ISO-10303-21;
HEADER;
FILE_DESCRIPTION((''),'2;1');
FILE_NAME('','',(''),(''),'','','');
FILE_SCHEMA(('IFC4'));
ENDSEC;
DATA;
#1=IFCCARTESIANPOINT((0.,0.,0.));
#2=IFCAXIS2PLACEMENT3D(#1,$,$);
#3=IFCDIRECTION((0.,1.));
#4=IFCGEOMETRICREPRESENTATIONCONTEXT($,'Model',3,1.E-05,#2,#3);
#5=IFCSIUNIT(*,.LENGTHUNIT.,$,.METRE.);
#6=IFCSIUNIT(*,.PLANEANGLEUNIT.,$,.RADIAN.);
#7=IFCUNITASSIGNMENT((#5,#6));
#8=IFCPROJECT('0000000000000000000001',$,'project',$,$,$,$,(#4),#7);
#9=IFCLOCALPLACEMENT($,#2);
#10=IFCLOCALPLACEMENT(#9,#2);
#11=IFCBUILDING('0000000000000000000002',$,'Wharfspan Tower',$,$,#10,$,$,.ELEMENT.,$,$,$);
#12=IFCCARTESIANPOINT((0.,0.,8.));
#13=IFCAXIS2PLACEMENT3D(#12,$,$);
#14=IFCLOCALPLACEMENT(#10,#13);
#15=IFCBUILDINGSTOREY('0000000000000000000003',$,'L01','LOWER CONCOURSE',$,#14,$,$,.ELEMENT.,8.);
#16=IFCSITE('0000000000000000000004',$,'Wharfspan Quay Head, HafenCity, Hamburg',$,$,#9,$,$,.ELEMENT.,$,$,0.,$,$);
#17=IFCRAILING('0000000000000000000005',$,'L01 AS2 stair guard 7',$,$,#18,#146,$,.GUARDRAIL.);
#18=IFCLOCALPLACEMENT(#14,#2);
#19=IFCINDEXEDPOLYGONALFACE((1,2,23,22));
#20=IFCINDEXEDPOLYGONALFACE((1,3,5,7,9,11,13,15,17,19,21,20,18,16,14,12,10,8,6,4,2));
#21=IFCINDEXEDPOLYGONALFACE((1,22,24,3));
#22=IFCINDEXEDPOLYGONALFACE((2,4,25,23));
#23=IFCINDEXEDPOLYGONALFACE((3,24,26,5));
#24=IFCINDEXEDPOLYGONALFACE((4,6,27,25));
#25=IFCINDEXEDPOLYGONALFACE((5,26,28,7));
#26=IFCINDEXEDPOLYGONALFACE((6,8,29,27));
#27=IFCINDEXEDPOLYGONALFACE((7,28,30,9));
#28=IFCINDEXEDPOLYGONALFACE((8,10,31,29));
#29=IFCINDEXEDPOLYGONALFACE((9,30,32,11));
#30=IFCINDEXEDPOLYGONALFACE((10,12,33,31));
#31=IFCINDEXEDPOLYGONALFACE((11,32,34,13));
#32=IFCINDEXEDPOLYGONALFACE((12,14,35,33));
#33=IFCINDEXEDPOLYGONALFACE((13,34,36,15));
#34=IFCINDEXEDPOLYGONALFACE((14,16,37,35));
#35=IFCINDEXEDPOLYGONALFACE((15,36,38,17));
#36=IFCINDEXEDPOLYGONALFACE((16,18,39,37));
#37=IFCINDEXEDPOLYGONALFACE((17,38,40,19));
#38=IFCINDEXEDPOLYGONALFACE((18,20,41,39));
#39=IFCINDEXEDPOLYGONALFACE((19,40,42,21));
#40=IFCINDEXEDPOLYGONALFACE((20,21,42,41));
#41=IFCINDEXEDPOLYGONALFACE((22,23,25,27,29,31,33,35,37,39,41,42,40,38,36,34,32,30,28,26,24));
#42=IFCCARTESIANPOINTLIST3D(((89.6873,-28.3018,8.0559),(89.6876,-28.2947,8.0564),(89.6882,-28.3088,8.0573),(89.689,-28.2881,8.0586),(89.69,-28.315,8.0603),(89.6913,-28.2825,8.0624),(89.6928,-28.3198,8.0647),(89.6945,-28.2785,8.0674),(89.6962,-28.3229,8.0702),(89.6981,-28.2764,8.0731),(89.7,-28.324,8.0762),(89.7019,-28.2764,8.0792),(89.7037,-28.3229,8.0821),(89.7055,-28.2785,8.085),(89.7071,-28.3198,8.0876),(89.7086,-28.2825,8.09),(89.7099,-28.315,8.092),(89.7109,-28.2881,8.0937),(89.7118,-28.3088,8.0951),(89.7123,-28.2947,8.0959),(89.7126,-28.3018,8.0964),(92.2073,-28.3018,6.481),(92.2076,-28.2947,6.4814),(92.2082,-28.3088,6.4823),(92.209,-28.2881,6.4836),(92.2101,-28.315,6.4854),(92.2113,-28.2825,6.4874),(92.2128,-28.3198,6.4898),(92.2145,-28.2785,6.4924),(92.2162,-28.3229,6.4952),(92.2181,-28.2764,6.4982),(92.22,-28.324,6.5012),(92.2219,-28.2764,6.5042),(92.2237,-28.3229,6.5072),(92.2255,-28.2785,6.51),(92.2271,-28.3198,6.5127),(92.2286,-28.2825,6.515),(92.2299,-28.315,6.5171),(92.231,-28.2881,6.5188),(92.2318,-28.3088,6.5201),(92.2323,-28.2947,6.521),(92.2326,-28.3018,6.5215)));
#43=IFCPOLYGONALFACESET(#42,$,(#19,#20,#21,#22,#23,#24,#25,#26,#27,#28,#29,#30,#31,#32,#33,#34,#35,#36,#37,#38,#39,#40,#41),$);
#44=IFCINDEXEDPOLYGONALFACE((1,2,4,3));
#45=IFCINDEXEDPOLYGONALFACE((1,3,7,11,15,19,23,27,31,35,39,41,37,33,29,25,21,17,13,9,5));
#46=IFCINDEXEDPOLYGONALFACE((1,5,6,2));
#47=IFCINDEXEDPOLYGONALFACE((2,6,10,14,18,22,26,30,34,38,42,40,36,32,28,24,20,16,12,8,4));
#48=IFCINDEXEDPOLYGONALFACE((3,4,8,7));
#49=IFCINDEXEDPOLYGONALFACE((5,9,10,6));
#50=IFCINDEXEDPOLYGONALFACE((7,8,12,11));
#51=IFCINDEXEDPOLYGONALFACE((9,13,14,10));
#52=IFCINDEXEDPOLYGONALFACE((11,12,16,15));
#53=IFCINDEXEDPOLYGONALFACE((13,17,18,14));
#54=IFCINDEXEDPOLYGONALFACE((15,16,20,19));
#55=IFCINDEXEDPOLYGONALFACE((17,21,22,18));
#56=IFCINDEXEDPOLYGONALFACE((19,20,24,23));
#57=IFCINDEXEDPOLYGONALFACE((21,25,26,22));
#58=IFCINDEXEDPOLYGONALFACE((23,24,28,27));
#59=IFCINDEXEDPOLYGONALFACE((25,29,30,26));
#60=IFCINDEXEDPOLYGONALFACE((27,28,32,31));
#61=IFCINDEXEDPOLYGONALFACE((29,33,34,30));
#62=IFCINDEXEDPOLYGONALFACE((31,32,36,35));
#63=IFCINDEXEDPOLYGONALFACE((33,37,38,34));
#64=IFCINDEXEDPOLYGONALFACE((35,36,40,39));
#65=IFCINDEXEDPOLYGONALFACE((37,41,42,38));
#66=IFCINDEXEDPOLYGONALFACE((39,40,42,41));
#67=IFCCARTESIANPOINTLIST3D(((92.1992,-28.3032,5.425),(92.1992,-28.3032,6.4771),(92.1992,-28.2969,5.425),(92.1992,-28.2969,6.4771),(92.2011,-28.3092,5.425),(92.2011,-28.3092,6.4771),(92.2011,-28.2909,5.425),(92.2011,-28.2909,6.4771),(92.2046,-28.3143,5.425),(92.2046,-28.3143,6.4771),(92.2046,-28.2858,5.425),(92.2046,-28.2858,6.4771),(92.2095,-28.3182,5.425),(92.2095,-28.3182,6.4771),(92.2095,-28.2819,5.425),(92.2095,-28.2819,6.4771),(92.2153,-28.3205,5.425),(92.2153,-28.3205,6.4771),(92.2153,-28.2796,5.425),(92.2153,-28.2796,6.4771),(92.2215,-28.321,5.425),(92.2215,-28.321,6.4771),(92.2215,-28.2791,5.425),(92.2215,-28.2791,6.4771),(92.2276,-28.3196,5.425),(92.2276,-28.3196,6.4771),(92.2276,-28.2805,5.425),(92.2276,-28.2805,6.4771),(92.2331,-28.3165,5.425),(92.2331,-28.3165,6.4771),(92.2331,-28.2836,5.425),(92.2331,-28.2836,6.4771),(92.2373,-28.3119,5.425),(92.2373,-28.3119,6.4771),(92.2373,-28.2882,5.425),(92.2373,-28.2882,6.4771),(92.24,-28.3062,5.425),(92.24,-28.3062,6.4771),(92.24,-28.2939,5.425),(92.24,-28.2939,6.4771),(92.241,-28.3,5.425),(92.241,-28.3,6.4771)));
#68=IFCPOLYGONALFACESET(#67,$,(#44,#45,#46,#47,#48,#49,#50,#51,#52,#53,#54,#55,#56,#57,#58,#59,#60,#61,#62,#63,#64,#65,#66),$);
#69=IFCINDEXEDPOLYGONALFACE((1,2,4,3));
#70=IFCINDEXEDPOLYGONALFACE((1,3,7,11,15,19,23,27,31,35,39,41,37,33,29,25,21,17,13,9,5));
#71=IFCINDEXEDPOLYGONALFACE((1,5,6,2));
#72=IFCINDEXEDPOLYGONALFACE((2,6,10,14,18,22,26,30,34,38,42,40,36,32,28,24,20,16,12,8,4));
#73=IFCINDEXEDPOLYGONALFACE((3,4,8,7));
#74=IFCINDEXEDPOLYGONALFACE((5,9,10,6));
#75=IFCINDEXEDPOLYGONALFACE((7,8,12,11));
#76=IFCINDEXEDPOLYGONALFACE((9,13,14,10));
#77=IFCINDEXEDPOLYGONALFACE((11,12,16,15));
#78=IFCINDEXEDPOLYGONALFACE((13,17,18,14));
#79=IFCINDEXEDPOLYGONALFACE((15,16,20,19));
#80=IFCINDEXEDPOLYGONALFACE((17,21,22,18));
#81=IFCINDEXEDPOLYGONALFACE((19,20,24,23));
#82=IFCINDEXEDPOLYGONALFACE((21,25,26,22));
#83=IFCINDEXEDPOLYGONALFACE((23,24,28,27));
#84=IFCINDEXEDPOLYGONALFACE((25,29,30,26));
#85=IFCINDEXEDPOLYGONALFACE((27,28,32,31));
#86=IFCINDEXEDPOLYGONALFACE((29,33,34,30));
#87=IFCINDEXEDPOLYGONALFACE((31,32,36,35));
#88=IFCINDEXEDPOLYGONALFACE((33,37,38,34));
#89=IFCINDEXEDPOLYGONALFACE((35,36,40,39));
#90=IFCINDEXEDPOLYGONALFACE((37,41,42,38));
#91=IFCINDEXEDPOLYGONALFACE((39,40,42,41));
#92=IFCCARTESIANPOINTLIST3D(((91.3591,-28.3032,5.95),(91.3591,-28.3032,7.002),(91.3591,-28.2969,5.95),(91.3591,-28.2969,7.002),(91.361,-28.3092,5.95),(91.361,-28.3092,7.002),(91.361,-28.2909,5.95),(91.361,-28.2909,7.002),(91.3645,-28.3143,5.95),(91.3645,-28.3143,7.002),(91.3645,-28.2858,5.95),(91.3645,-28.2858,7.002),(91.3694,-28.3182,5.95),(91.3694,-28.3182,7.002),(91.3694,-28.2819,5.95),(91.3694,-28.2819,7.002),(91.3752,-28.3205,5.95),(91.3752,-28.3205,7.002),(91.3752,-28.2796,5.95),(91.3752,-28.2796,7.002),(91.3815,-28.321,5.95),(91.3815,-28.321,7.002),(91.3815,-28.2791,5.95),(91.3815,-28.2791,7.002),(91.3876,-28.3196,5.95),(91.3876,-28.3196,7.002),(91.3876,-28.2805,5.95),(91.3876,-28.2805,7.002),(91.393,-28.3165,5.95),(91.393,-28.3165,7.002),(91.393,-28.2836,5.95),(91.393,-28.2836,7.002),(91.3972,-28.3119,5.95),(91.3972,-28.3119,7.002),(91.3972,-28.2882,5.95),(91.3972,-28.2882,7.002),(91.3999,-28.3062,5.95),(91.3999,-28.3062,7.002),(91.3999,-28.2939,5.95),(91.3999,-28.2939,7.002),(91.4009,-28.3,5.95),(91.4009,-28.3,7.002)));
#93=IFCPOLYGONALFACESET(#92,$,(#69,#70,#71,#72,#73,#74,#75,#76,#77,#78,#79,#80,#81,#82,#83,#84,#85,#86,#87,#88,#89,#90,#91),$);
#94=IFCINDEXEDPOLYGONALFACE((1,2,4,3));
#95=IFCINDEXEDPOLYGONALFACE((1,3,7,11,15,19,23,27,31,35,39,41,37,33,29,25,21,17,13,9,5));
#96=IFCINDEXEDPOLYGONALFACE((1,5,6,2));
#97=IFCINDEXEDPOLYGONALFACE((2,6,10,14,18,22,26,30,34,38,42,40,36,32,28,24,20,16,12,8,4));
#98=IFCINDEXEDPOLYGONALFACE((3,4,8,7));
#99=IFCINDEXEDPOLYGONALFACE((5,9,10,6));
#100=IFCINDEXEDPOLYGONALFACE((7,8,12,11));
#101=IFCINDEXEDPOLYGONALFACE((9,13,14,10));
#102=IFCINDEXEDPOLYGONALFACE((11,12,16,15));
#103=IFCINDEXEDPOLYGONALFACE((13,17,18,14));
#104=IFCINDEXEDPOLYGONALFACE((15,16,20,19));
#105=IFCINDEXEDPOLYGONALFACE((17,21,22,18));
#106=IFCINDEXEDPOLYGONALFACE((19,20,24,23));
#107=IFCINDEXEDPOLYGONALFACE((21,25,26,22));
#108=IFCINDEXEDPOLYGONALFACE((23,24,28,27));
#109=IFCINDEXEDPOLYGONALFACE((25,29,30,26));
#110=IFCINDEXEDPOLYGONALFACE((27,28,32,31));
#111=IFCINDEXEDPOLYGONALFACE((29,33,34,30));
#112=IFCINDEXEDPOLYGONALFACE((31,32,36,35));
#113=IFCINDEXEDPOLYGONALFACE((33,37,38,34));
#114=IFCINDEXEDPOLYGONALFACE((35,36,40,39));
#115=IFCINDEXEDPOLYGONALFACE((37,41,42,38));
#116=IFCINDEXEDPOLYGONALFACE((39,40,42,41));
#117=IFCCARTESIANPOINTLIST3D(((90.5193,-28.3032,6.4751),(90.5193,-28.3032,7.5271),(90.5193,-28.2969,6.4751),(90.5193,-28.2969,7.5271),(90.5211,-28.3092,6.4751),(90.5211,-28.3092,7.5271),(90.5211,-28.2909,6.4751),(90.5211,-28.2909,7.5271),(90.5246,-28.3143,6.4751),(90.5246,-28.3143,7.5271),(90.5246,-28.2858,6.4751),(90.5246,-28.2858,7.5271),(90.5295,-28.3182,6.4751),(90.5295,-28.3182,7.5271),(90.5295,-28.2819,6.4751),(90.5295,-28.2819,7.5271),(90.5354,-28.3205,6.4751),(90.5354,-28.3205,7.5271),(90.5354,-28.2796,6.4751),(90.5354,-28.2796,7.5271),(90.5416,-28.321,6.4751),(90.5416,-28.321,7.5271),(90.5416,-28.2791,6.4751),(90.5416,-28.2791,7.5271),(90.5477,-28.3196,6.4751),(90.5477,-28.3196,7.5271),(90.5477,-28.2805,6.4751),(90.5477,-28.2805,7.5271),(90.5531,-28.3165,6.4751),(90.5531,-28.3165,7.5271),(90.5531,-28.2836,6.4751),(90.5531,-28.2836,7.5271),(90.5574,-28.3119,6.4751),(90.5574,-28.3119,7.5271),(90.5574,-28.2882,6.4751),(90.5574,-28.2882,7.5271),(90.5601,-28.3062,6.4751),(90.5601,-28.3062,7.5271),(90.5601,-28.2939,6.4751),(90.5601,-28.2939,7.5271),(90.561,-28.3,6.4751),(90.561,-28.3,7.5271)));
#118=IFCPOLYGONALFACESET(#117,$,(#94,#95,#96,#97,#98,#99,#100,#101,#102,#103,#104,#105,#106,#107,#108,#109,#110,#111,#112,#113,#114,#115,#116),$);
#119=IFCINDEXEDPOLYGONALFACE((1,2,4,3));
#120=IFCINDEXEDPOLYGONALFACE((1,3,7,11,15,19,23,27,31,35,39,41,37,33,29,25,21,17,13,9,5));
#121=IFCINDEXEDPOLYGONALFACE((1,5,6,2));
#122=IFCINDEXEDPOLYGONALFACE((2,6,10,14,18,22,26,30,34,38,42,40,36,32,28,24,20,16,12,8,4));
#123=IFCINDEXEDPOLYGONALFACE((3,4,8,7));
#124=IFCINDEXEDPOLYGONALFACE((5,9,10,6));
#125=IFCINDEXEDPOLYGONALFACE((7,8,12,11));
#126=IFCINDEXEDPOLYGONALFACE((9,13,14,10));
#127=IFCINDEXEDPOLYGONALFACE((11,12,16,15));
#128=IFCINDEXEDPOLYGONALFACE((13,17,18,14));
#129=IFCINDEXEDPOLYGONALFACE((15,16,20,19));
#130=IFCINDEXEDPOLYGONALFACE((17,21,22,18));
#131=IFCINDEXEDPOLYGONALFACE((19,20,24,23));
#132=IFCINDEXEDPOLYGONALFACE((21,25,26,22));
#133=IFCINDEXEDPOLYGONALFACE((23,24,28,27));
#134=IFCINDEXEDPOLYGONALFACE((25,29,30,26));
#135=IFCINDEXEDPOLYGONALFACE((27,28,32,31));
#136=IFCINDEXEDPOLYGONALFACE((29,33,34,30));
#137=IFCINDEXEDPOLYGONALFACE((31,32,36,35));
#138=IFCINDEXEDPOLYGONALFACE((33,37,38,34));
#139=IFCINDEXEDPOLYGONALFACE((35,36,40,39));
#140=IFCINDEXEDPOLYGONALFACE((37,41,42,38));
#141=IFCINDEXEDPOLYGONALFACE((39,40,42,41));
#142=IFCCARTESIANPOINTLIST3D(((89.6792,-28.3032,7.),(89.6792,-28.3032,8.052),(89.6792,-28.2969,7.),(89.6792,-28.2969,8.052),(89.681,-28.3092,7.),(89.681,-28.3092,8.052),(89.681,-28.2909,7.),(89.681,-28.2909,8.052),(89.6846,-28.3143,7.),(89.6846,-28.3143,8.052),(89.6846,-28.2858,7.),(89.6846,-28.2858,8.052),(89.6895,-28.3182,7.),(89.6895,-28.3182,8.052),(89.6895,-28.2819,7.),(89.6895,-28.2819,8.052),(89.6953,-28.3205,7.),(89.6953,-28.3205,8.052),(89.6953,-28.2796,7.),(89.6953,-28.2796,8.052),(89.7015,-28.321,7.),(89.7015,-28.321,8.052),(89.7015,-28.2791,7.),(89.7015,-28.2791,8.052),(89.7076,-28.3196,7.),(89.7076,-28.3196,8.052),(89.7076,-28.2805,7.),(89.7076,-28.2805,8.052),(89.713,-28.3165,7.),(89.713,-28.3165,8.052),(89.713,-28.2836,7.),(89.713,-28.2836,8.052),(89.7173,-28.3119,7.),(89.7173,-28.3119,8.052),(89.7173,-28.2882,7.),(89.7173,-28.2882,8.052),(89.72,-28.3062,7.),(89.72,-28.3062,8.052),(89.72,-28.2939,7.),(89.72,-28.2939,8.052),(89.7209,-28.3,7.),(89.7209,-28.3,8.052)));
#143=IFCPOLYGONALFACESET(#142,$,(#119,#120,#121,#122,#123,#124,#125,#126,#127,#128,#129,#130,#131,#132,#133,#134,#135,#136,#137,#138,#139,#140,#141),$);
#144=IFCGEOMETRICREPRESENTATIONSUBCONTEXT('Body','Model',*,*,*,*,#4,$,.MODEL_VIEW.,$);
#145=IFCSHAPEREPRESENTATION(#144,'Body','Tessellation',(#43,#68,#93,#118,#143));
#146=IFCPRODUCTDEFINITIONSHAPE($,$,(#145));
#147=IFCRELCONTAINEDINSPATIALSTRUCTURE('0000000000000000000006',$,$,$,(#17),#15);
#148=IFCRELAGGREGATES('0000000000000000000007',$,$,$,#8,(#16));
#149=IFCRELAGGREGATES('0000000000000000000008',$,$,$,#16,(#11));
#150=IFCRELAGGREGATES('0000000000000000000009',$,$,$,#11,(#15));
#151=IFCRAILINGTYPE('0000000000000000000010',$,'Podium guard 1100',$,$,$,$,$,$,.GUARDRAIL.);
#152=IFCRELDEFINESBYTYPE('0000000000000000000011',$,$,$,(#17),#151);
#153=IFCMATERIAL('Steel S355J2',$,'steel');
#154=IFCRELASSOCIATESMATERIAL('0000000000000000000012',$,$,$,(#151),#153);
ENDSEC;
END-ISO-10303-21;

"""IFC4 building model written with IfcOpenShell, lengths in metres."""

from ifc_helpers import new_model, si_unit, direction, frame, origin, origin_2d, place, context, subcontext, project, spatial, circle, extrude, material, type_object, element, save


model = new_model("IFC4")

# Units and contexts
model_context = context("Model", 3, precision=1e-05, world=origin(), true_north=direction((0.0, 1.0)))
body_context = subcontext(model_context, "Body", "Model", "MODEL_VIEW")
ifc_project = project(units=[si_unit("LENGTHUNIT", "METRE"), si_unit("PLANEANGLEUNIT", "RADIAN")], contexts=[model_context])

# Site, building, storey
site_placement = place(None, origin())
site = spatial("IfcSite", under=ifc_project, at=site_placement, Name="Wharfspan Quay Head, HafenCity, Hamburg", CompositionType="ELEMENT", RefElevation=0.0)
building_placement = place(site_placement, origin())
building = spatial("IfcBuilding", under=site, at=building_placement, Name="Wharfspan Tower", CompositionType="ELEMENT")
storey_placement = place(building_placement, frame((0.0, 0.0, 8.0)))
storey = spatial("IfcBuildingStorey", under=building, at=storey_placement, Name="L01", Description="LOWER CONCOURSE", CompositionType="ELEMENT", Elevation=8.0)

# Railing
ifc_material_1 = material(Name="Steel S355J2", Category="steel")
railing_type_1 = type_object("IfcRailingType", Name="Podium guard 1100", PredefinedType="GUARDRAIL", material=ifc_material_1)
railing_1_placement = place(storey_placement, frame((92.22, -28.3, 5.425)))
element("IfcRailing", 1, at=railing_1_placement, inside=storey, type_object=railing_type_1, Name="L01 AS2 stair guard 7", PredefinedType="GUARDRAIL", context=body_context, shape_type="SweptSolid", body=[
    extrude(circle(Radius=0.0239, at=origin_2d()), frame((0.0, 0.0, 1.0762), z_axis=(-0.848008, 0.0, 0.529984), x_axis=(0.0, -1.0, 0.0)), (0.0, 0.0, 1.0), 2.9717),
    extrude(circle(Radius=0.021, at=origin_2d()), origin(), (0.0, 0.0, 1.0), 1.052),
    extrude(circle(Radius=0.021, at=origin_2d()), frame((-0.8401, 0.0, 0.5249)), (0.0, 0.0, 1.0), 1.052),
    extrude(circle(Radius=0.021, at=origin_2d()), frame((-1.6799, 0.0, 1.05)), (0.0, 0.0, 1.0), 1.052),
    extrude(circle(Radius=0.021, at=origin_2d()), frame((-2.52, 0.0, 1.575)), (0.0, 0.0, 1.0), 1.052),
])

save(model, "model.ifc")
